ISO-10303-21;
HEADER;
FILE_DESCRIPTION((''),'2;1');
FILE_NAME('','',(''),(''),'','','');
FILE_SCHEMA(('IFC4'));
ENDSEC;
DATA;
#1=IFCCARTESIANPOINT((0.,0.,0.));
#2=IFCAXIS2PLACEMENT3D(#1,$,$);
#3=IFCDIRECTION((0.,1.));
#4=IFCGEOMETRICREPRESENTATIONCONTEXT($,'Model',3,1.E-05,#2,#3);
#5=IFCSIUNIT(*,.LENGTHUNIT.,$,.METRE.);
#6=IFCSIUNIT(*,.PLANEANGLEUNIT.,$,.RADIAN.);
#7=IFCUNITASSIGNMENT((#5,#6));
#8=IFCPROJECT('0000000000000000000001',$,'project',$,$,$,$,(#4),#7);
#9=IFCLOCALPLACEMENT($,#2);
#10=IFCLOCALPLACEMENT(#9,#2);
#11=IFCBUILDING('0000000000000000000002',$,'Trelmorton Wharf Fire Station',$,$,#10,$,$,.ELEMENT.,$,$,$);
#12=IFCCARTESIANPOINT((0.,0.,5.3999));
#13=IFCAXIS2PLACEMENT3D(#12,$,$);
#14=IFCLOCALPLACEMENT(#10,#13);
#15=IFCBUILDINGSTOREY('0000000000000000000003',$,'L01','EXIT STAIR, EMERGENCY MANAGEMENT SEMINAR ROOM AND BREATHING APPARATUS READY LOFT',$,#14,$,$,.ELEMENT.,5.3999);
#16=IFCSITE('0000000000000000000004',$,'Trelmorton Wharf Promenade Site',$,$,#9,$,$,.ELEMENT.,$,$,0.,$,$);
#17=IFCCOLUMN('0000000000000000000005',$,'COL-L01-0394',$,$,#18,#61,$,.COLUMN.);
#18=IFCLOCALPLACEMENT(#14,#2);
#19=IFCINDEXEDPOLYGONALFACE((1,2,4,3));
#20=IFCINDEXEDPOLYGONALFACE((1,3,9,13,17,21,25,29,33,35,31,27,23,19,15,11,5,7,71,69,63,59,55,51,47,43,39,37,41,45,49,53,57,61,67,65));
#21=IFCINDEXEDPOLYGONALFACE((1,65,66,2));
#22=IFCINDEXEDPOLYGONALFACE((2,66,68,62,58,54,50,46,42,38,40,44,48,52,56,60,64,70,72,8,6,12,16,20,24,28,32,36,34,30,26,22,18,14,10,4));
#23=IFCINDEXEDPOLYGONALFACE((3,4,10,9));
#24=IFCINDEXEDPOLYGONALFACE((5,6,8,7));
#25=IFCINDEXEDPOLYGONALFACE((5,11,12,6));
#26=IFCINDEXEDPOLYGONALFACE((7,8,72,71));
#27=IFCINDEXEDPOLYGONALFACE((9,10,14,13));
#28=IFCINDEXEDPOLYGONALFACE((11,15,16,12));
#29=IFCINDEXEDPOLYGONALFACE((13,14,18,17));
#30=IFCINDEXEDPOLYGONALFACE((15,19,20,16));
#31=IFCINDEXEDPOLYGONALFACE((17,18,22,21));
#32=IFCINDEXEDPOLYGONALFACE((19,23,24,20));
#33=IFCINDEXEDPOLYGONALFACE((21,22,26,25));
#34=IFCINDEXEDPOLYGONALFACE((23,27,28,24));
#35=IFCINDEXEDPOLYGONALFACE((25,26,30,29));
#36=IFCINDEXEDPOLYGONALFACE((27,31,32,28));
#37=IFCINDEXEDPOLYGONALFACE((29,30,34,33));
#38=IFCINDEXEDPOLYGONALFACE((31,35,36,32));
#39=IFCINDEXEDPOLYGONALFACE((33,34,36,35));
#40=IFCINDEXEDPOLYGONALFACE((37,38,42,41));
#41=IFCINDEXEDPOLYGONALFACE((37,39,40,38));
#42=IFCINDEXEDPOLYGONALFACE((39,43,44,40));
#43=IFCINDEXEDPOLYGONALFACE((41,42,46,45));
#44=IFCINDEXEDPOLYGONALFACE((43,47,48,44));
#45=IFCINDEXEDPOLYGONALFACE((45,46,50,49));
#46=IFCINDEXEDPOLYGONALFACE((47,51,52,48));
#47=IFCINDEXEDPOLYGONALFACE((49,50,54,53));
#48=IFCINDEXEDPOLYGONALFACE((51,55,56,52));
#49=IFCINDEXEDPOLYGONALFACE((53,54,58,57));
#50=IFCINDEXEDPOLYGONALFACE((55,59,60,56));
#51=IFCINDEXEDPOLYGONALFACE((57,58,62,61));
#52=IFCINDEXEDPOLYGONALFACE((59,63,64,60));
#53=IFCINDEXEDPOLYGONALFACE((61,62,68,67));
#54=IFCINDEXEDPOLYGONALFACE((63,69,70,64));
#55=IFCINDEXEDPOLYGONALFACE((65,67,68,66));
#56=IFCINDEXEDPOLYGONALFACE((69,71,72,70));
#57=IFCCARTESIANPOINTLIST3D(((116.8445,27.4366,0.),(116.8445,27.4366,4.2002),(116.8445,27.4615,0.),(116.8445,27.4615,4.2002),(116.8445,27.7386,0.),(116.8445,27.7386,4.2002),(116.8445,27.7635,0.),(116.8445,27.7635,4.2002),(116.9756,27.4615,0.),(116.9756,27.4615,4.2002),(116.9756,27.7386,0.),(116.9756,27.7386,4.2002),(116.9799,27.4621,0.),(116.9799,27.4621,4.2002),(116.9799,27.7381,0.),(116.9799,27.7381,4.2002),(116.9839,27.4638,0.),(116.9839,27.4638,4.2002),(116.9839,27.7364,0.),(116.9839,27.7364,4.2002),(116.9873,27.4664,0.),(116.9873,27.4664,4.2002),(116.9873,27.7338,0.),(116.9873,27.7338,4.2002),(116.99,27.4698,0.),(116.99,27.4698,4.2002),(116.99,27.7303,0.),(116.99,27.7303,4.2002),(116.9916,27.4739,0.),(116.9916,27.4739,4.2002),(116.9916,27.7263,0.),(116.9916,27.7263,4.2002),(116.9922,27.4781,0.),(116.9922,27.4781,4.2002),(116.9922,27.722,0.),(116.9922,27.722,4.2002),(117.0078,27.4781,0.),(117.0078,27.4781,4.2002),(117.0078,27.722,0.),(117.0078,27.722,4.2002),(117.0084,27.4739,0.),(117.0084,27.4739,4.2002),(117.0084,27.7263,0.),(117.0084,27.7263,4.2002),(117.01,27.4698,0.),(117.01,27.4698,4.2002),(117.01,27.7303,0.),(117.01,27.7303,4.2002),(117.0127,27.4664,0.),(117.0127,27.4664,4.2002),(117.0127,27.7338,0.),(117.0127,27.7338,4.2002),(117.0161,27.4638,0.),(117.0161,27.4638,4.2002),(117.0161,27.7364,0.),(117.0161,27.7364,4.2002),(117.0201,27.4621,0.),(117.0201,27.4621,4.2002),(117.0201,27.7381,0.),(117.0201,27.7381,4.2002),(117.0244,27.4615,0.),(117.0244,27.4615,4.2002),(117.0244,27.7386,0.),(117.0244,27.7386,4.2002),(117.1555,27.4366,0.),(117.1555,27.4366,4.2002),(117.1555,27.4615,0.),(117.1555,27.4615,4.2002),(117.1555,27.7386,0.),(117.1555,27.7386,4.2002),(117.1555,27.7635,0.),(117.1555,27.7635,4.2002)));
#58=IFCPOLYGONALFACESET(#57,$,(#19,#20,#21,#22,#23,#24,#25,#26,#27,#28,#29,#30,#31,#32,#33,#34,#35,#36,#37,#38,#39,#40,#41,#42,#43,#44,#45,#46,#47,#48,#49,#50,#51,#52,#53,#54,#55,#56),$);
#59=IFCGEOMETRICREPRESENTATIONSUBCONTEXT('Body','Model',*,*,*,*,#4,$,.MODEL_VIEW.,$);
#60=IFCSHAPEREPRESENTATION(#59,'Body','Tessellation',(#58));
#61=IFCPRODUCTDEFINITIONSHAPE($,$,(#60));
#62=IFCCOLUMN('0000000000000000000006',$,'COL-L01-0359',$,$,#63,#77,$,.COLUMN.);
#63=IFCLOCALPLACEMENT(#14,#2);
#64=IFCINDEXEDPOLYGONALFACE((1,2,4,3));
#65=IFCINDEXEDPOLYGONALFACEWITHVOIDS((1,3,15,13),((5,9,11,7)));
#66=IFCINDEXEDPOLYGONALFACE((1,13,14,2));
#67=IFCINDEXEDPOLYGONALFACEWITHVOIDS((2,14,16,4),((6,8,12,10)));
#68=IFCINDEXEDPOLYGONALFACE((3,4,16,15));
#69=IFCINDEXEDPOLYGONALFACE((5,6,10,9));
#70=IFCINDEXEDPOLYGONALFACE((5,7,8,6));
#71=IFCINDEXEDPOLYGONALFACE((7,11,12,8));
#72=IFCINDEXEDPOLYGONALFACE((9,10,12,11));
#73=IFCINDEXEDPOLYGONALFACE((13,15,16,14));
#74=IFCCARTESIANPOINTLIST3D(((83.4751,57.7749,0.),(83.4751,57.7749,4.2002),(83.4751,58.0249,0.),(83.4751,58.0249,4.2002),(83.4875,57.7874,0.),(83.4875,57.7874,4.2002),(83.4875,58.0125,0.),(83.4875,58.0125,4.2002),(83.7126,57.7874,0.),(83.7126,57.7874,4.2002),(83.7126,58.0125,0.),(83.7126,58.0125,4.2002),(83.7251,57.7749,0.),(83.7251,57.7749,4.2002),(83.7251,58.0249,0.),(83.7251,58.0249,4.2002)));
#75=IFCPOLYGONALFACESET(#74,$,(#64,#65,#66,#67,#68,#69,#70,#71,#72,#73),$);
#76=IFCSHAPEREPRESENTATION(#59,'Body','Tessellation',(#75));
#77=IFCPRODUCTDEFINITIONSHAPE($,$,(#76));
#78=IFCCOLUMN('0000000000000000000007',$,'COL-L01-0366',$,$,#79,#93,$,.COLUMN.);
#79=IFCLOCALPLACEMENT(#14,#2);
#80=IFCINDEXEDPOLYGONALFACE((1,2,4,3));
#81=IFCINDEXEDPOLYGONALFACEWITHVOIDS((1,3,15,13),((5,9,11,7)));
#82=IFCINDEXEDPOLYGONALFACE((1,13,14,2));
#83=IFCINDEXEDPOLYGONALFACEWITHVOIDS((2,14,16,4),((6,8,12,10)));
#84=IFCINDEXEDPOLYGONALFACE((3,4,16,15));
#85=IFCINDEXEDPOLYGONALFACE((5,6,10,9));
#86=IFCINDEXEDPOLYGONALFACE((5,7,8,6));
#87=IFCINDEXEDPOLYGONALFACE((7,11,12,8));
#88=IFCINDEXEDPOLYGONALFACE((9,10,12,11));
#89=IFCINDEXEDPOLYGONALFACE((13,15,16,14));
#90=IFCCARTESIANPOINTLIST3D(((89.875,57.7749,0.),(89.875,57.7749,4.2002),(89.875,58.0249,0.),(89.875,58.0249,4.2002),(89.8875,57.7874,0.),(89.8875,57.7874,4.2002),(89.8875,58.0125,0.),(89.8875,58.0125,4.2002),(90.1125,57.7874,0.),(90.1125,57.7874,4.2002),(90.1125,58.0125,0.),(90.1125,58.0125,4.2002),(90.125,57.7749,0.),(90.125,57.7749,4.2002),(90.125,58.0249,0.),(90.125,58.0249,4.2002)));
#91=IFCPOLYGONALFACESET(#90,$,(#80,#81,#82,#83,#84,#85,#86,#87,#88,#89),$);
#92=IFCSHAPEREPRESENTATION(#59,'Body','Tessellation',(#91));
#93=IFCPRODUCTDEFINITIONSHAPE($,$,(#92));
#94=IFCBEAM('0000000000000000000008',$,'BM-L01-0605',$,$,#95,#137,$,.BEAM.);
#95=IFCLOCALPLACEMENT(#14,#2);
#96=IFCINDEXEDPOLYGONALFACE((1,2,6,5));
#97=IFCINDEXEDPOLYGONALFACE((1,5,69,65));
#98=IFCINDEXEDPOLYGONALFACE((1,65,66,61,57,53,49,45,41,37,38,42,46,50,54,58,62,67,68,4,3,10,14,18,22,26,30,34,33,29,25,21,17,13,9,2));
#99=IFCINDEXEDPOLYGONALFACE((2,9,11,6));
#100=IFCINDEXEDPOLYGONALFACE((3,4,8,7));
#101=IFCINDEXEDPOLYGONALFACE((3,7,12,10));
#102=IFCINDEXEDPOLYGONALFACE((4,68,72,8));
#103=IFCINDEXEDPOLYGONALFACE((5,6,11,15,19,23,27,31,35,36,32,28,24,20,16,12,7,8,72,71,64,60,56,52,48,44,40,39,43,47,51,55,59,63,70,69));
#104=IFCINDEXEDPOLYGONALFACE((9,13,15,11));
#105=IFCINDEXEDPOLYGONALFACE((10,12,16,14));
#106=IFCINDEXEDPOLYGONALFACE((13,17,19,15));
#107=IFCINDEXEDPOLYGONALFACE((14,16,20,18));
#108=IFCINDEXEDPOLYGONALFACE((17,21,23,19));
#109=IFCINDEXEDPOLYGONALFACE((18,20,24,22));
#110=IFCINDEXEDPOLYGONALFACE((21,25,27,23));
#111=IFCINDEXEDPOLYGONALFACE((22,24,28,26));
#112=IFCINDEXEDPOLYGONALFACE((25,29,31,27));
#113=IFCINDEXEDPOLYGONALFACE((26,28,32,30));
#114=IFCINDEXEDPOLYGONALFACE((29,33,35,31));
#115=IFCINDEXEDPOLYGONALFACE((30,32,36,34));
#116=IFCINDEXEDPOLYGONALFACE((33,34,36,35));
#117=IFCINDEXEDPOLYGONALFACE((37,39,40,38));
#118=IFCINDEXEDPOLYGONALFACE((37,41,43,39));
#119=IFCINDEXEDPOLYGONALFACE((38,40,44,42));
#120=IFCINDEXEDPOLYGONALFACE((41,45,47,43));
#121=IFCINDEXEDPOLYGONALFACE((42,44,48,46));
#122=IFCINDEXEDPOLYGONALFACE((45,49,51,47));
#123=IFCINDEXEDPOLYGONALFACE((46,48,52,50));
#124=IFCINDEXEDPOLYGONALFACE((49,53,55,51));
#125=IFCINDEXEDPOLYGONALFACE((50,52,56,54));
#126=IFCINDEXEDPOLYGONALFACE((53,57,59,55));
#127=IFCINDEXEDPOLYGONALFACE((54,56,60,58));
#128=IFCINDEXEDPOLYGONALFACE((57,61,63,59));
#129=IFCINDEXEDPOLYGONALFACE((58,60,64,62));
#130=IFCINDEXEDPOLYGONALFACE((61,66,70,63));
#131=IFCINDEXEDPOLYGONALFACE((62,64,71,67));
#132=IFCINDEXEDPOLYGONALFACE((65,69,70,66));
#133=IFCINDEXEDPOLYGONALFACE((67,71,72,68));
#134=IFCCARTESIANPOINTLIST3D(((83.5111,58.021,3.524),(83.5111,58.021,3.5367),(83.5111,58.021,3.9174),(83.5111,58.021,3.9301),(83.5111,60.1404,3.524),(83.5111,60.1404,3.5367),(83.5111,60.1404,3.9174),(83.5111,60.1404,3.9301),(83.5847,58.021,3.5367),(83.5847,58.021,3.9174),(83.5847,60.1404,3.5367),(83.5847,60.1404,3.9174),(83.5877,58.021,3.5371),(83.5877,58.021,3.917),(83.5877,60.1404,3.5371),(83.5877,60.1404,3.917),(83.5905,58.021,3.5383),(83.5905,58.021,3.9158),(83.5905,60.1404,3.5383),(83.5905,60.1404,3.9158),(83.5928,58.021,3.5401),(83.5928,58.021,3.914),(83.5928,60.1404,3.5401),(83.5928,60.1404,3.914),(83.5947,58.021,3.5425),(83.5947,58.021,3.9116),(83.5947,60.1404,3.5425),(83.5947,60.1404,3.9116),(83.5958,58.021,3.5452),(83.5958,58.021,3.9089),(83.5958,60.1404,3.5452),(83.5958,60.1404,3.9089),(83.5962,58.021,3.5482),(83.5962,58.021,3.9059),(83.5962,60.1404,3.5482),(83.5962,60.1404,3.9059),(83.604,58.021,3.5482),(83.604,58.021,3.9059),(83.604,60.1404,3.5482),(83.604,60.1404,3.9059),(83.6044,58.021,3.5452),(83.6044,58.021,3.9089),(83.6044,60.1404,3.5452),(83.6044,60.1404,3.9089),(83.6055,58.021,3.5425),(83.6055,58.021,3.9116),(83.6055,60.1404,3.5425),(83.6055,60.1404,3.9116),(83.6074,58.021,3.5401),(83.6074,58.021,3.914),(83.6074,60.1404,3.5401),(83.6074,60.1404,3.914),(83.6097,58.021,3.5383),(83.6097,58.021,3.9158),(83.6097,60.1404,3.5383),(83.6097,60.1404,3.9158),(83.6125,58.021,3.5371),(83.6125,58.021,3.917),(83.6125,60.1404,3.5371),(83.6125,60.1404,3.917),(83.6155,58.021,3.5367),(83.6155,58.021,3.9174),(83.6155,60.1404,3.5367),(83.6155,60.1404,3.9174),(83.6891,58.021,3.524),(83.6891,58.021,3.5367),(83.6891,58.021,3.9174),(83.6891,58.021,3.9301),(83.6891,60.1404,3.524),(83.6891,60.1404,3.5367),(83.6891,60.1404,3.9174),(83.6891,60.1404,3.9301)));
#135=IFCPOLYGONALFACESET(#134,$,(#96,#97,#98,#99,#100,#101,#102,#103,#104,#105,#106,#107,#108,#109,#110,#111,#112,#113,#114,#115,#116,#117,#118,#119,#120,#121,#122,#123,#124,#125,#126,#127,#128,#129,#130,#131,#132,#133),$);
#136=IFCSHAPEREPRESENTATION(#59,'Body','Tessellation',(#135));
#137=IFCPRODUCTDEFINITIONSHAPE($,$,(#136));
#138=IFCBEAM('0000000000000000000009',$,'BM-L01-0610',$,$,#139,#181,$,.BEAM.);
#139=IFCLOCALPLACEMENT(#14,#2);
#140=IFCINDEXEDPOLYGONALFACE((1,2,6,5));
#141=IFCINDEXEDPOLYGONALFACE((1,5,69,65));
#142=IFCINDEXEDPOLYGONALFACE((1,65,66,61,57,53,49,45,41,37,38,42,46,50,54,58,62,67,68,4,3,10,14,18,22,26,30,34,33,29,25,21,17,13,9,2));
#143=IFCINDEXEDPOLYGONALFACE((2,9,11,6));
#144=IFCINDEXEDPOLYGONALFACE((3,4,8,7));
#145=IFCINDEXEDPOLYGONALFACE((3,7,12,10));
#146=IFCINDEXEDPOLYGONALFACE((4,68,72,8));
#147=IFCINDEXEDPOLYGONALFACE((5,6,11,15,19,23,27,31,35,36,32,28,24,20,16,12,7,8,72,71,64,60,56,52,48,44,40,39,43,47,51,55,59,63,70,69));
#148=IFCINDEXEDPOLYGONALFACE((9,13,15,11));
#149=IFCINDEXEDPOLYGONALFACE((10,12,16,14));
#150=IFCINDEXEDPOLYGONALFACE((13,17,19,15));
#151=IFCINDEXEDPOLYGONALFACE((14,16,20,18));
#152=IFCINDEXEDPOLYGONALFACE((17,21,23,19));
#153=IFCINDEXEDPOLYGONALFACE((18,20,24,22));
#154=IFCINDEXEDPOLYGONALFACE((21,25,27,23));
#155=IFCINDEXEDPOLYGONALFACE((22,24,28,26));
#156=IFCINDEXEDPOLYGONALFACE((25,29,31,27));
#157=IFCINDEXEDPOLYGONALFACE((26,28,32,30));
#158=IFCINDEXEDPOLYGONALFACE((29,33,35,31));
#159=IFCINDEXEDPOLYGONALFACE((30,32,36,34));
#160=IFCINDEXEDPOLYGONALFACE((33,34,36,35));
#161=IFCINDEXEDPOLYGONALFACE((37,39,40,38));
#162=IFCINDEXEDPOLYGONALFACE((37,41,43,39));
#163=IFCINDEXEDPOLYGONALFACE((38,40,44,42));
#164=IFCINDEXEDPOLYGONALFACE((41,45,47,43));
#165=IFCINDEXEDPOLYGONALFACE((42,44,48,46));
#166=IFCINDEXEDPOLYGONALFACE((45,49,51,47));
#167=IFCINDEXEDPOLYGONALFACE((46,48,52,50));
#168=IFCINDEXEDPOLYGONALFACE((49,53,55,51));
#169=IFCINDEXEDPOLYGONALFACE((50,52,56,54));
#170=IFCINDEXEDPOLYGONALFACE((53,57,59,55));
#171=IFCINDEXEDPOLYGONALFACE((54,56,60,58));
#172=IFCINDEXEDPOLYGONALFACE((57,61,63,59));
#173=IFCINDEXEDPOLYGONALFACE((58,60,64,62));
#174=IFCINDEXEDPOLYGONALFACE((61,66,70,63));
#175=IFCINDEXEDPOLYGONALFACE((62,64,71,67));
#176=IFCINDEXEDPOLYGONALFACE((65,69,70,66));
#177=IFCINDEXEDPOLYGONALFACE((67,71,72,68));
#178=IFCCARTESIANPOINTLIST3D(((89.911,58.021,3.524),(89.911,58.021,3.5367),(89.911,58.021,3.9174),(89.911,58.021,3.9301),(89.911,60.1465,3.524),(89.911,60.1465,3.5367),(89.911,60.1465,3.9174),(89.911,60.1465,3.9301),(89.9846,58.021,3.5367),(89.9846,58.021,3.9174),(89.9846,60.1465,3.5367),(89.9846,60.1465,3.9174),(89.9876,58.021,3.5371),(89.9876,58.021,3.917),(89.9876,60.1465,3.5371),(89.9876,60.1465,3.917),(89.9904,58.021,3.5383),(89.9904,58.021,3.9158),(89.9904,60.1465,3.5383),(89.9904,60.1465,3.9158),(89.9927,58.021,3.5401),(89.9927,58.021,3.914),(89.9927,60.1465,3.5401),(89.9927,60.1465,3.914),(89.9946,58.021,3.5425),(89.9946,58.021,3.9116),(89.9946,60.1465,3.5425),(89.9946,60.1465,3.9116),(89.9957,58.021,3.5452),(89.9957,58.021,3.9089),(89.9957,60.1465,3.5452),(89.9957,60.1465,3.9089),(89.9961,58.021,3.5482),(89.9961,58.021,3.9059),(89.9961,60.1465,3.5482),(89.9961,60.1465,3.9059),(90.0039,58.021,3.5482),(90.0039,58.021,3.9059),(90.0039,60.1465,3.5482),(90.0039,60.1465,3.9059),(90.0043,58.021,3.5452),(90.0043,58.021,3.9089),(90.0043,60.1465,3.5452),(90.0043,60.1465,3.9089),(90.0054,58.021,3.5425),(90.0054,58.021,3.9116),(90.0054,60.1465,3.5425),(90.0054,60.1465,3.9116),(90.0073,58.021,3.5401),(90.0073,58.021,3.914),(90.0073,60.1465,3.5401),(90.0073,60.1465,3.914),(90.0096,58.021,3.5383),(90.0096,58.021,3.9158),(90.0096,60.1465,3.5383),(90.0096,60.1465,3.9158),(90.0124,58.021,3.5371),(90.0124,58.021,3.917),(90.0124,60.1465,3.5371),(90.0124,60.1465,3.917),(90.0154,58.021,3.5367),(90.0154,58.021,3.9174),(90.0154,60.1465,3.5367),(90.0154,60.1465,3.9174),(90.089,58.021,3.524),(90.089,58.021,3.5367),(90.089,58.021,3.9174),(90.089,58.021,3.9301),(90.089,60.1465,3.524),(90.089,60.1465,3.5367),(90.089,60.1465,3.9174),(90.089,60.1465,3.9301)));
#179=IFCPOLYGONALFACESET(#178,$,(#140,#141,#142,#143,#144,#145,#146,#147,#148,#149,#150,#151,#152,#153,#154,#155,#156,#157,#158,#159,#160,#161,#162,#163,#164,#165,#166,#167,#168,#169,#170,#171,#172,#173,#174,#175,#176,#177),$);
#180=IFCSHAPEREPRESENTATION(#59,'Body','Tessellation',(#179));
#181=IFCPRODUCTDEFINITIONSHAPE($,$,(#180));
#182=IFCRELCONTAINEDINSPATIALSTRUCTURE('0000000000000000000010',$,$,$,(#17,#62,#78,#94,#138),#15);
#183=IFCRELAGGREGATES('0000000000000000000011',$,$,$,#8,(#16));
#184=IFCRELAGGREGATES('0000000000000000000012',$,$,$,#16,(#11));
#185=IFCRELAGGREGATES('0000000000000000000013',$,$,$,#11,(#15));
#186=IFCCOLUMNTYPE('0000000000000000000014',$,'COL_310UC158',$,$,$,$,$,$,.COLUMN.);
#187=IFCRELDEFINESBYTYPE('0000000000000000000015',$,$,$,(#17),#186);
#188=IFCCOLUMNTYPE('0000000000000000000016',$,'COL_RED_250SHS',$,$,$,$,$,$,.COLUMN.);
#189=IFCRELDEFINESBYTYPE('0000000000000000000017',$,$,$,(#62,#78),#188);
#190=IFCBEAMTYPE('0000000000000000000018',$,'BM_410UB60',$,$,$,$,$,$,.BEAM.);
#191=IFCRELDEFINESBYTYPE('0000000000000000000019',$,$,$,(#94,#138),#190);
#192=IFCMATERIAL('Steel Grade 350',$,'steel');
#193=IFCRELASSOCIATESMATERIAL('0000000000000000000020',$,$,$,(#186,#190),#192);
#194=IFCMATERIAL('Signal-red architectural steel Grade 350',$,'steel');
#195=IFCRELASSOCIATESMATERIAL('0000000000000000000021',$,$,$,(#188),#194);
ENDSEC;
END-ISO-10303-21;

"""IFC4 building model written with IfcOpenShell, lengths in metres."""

from ifc_helpers import new_model, si_unit, direction, frame, origin, origin_2d, place, context, subcontext, project, spatial, hollow_rectangle, i_section, extrude, material, material_profile, profile_set, type_object, element, save


model = new_model("IFC4")

# Units and contexts
model_context = context("Model", 3, precision=1e-05, world=origin(), true_north=direction((0.0, 1.0)))
body_context = subcontext(model_context, "Body", "Model", "MODEL_VIEW")
ifc_project = project(units=[si_unit("LENGTHUNIT", "METRE"), si_unit("PLANEANGLEUNIT", "RADIAN")], contexts=[model_context])

# Site, building, storey
site_placement = place(None, origin())
site = spatial("IfcSite", under=ifc_project, at=site_placement, Name="Trelmorton Wharf Promenade Site", CompositionType="ELEMENT", RefElevation=0.0)
building_placement = place(site_placement, origin())
building = spatial("IfcBuilding", under=site, at=building_placement, Name="Trelmorton Wharf Fire Station", CompositionType="ELEMENT")
storey_placement = place(building_placement, frame((0.0, 0.0, 5.3999)))
storey = spatial("IfcBuildingStorey", under=building, at=storey_placement, Name="L01", Description="EXIT STAIR, EMERGENCY MANAGEMENT SEMINAR ROOM AND BREATHING APPARATUS READY LOFT", CompositionType="ELEMENT", Elevation=5.3999)

# Columns
ifc_material_1 = material(Name="Steel Grade 350", Category="steel")
ifc_material_profile_1 = material_profile(ifc_material_1, i_section(OverallWidth=0.311, OverallDepth=0.3269, WebThickness=0.0156, FlangeThickness=0.0249, FilletRadius=0.0166, at=origin_2d()), Name="310UC158")
ifc_profile_set_1 = profile_set([ifc_material_profile_1], Name="Steel Grade 350")
column_type_1 = type_object("IfcColumnType", Name="COL_310UC158", PredefinedType="COLUMN", material=ifc_profile_set_1)
for number, where, z_axis, x_axis, name in (
    (1, (117.0, 27.6001, 0.0), (0.0, 0.0, 1.0), (1.0, 0.0, 0.0), "COL-L01-0394"),
):
    element("IfcColumn", number, at=place(storey_placement, frame(where, z_axis=z_axis, x_axis=x_axis)), inside=storey, type_object=column_type_1, Name=name, PredefinedType="COLUMN", context=body_context, shape_type="SweptSolid", body=[
        extrude(i_section(OverallWidth=0.311, OverallDepth=0.3269, WebThickness=0.0156, FlangeThickness=0.0249, FilletRadius=0.0166, at=origin_2d()), origin(), (0.0, 0.0, 1.0), 4.2002),
    ])
ifc_material_2 = material(Name="Signal-red architectural steel Grade 350", Category="steel")
ifc_material_profile_2 = material_profile(ifc_material_2, hollow_rectangle(XDim=0.25, YDim=0.25, WallThickness=0.0125, at=origin_2d()), Name="250x250x12.5SHS")
ifc_profile_set_2 = profile_set([ifc_material_profile_2], Name="Signal-red architectural steel Grade 350")
column_type_2 = type_object("IfcColumnType", Name="COL_RED_250SHS", PredefinedType="COLUMN", material=ifc_profile_set_2)
for number, where, z_axis, x_axis, name in (
    (2, (83.6001, 57.8999, 0.0), (0.0, 0.0, 1.0), (1.0, 0.0, 0.0), "COL-L01-0359"),
    (3, (90.0, 57.8999, 0.0), (0.0, 0.0, 1.0), (1.0, 0.0, 0.0), "COL-L01-0366"),
):
    element("IfcColumn", number, at=place(storey_placement, frame(where, z_axis=z_axis, x_axis=x_axis)), inside=storey, type_object=column_type_2, Name=name, PredefinedType="COLUMN", context=body_context, shape_type="SweptSolid", body=[
        extrude(hollow_rectangle(XDim=0.25, YDim=0.25, WallThickness=0.0125, at=origin_2d()), origin(), (0.0, 0.0, 1.0), 4.2002),
    ])

# Beams
ifc_material_profile_3 = material_profile(ifc_material_1, i_section(OverallWidth=0.178, OverallDepth=0.406, WebThickness=0.0078, FlangeThickness=0.0127, FilletRadius=0.0115, at=origin_2d()), Name="410UB59.7")
ifc_profile_set_3 = profile_set([ifc_material_profile_3], Name="Steel Grade 350")
beam_type_1 = type_object("IfcBeamType", Name="BM_410UB60", PredefinedType="BEAM", material=ifc_profile_set_3)
beam_1_placement = place(storey_placement, frame((83.6001, 58.021, 3.7271), z_axis=(0.0, 1.0, 0.0), x_axis=(-1.0, 0.0, 0.0)))
element("IfcBeam", 4, at=beam_1_placement, inside=storey, type_object=beam_type_1, Name="BM-L01-0605", PredefinedType="BEAM", context=body_context, shape_type="SweptSolid", body=[
    extrude(i_section(OverallWidth=0.178, OverallDepth=0.406, WebThickness=0.0078, FlangeThickness=0.0127, FilletRadius=0.0115, at=origin_2d()), origin(), (0.0, 0.0, 1.0), 2.1194),
])
beam_2_placement = place(storey_placement, frame((90.0, 58.021, 3.7271), z_axis=(0.0, 1.0, 0.0), x_axis=(-1.0, 0.0, 0.0)))
element("IfcBeam", 5, at=beam_2_placement, inside=storey, type_object=beam_type_1, Name="BM-L01-0610", PredefinedType="BEAM", context=body_context, shape_type="SweptSolid", body=[
    extrude(i_section(OverallWidth=0.178, OverallDepth=0.406, WebThickness=0.0078, FlangeThickness=0.0127, FilletRadius=0.0115, at=origin_2d()), origin(), (0.0, 0.0, 1.0), 2.1255),
])

save(model, "model.ifc")
